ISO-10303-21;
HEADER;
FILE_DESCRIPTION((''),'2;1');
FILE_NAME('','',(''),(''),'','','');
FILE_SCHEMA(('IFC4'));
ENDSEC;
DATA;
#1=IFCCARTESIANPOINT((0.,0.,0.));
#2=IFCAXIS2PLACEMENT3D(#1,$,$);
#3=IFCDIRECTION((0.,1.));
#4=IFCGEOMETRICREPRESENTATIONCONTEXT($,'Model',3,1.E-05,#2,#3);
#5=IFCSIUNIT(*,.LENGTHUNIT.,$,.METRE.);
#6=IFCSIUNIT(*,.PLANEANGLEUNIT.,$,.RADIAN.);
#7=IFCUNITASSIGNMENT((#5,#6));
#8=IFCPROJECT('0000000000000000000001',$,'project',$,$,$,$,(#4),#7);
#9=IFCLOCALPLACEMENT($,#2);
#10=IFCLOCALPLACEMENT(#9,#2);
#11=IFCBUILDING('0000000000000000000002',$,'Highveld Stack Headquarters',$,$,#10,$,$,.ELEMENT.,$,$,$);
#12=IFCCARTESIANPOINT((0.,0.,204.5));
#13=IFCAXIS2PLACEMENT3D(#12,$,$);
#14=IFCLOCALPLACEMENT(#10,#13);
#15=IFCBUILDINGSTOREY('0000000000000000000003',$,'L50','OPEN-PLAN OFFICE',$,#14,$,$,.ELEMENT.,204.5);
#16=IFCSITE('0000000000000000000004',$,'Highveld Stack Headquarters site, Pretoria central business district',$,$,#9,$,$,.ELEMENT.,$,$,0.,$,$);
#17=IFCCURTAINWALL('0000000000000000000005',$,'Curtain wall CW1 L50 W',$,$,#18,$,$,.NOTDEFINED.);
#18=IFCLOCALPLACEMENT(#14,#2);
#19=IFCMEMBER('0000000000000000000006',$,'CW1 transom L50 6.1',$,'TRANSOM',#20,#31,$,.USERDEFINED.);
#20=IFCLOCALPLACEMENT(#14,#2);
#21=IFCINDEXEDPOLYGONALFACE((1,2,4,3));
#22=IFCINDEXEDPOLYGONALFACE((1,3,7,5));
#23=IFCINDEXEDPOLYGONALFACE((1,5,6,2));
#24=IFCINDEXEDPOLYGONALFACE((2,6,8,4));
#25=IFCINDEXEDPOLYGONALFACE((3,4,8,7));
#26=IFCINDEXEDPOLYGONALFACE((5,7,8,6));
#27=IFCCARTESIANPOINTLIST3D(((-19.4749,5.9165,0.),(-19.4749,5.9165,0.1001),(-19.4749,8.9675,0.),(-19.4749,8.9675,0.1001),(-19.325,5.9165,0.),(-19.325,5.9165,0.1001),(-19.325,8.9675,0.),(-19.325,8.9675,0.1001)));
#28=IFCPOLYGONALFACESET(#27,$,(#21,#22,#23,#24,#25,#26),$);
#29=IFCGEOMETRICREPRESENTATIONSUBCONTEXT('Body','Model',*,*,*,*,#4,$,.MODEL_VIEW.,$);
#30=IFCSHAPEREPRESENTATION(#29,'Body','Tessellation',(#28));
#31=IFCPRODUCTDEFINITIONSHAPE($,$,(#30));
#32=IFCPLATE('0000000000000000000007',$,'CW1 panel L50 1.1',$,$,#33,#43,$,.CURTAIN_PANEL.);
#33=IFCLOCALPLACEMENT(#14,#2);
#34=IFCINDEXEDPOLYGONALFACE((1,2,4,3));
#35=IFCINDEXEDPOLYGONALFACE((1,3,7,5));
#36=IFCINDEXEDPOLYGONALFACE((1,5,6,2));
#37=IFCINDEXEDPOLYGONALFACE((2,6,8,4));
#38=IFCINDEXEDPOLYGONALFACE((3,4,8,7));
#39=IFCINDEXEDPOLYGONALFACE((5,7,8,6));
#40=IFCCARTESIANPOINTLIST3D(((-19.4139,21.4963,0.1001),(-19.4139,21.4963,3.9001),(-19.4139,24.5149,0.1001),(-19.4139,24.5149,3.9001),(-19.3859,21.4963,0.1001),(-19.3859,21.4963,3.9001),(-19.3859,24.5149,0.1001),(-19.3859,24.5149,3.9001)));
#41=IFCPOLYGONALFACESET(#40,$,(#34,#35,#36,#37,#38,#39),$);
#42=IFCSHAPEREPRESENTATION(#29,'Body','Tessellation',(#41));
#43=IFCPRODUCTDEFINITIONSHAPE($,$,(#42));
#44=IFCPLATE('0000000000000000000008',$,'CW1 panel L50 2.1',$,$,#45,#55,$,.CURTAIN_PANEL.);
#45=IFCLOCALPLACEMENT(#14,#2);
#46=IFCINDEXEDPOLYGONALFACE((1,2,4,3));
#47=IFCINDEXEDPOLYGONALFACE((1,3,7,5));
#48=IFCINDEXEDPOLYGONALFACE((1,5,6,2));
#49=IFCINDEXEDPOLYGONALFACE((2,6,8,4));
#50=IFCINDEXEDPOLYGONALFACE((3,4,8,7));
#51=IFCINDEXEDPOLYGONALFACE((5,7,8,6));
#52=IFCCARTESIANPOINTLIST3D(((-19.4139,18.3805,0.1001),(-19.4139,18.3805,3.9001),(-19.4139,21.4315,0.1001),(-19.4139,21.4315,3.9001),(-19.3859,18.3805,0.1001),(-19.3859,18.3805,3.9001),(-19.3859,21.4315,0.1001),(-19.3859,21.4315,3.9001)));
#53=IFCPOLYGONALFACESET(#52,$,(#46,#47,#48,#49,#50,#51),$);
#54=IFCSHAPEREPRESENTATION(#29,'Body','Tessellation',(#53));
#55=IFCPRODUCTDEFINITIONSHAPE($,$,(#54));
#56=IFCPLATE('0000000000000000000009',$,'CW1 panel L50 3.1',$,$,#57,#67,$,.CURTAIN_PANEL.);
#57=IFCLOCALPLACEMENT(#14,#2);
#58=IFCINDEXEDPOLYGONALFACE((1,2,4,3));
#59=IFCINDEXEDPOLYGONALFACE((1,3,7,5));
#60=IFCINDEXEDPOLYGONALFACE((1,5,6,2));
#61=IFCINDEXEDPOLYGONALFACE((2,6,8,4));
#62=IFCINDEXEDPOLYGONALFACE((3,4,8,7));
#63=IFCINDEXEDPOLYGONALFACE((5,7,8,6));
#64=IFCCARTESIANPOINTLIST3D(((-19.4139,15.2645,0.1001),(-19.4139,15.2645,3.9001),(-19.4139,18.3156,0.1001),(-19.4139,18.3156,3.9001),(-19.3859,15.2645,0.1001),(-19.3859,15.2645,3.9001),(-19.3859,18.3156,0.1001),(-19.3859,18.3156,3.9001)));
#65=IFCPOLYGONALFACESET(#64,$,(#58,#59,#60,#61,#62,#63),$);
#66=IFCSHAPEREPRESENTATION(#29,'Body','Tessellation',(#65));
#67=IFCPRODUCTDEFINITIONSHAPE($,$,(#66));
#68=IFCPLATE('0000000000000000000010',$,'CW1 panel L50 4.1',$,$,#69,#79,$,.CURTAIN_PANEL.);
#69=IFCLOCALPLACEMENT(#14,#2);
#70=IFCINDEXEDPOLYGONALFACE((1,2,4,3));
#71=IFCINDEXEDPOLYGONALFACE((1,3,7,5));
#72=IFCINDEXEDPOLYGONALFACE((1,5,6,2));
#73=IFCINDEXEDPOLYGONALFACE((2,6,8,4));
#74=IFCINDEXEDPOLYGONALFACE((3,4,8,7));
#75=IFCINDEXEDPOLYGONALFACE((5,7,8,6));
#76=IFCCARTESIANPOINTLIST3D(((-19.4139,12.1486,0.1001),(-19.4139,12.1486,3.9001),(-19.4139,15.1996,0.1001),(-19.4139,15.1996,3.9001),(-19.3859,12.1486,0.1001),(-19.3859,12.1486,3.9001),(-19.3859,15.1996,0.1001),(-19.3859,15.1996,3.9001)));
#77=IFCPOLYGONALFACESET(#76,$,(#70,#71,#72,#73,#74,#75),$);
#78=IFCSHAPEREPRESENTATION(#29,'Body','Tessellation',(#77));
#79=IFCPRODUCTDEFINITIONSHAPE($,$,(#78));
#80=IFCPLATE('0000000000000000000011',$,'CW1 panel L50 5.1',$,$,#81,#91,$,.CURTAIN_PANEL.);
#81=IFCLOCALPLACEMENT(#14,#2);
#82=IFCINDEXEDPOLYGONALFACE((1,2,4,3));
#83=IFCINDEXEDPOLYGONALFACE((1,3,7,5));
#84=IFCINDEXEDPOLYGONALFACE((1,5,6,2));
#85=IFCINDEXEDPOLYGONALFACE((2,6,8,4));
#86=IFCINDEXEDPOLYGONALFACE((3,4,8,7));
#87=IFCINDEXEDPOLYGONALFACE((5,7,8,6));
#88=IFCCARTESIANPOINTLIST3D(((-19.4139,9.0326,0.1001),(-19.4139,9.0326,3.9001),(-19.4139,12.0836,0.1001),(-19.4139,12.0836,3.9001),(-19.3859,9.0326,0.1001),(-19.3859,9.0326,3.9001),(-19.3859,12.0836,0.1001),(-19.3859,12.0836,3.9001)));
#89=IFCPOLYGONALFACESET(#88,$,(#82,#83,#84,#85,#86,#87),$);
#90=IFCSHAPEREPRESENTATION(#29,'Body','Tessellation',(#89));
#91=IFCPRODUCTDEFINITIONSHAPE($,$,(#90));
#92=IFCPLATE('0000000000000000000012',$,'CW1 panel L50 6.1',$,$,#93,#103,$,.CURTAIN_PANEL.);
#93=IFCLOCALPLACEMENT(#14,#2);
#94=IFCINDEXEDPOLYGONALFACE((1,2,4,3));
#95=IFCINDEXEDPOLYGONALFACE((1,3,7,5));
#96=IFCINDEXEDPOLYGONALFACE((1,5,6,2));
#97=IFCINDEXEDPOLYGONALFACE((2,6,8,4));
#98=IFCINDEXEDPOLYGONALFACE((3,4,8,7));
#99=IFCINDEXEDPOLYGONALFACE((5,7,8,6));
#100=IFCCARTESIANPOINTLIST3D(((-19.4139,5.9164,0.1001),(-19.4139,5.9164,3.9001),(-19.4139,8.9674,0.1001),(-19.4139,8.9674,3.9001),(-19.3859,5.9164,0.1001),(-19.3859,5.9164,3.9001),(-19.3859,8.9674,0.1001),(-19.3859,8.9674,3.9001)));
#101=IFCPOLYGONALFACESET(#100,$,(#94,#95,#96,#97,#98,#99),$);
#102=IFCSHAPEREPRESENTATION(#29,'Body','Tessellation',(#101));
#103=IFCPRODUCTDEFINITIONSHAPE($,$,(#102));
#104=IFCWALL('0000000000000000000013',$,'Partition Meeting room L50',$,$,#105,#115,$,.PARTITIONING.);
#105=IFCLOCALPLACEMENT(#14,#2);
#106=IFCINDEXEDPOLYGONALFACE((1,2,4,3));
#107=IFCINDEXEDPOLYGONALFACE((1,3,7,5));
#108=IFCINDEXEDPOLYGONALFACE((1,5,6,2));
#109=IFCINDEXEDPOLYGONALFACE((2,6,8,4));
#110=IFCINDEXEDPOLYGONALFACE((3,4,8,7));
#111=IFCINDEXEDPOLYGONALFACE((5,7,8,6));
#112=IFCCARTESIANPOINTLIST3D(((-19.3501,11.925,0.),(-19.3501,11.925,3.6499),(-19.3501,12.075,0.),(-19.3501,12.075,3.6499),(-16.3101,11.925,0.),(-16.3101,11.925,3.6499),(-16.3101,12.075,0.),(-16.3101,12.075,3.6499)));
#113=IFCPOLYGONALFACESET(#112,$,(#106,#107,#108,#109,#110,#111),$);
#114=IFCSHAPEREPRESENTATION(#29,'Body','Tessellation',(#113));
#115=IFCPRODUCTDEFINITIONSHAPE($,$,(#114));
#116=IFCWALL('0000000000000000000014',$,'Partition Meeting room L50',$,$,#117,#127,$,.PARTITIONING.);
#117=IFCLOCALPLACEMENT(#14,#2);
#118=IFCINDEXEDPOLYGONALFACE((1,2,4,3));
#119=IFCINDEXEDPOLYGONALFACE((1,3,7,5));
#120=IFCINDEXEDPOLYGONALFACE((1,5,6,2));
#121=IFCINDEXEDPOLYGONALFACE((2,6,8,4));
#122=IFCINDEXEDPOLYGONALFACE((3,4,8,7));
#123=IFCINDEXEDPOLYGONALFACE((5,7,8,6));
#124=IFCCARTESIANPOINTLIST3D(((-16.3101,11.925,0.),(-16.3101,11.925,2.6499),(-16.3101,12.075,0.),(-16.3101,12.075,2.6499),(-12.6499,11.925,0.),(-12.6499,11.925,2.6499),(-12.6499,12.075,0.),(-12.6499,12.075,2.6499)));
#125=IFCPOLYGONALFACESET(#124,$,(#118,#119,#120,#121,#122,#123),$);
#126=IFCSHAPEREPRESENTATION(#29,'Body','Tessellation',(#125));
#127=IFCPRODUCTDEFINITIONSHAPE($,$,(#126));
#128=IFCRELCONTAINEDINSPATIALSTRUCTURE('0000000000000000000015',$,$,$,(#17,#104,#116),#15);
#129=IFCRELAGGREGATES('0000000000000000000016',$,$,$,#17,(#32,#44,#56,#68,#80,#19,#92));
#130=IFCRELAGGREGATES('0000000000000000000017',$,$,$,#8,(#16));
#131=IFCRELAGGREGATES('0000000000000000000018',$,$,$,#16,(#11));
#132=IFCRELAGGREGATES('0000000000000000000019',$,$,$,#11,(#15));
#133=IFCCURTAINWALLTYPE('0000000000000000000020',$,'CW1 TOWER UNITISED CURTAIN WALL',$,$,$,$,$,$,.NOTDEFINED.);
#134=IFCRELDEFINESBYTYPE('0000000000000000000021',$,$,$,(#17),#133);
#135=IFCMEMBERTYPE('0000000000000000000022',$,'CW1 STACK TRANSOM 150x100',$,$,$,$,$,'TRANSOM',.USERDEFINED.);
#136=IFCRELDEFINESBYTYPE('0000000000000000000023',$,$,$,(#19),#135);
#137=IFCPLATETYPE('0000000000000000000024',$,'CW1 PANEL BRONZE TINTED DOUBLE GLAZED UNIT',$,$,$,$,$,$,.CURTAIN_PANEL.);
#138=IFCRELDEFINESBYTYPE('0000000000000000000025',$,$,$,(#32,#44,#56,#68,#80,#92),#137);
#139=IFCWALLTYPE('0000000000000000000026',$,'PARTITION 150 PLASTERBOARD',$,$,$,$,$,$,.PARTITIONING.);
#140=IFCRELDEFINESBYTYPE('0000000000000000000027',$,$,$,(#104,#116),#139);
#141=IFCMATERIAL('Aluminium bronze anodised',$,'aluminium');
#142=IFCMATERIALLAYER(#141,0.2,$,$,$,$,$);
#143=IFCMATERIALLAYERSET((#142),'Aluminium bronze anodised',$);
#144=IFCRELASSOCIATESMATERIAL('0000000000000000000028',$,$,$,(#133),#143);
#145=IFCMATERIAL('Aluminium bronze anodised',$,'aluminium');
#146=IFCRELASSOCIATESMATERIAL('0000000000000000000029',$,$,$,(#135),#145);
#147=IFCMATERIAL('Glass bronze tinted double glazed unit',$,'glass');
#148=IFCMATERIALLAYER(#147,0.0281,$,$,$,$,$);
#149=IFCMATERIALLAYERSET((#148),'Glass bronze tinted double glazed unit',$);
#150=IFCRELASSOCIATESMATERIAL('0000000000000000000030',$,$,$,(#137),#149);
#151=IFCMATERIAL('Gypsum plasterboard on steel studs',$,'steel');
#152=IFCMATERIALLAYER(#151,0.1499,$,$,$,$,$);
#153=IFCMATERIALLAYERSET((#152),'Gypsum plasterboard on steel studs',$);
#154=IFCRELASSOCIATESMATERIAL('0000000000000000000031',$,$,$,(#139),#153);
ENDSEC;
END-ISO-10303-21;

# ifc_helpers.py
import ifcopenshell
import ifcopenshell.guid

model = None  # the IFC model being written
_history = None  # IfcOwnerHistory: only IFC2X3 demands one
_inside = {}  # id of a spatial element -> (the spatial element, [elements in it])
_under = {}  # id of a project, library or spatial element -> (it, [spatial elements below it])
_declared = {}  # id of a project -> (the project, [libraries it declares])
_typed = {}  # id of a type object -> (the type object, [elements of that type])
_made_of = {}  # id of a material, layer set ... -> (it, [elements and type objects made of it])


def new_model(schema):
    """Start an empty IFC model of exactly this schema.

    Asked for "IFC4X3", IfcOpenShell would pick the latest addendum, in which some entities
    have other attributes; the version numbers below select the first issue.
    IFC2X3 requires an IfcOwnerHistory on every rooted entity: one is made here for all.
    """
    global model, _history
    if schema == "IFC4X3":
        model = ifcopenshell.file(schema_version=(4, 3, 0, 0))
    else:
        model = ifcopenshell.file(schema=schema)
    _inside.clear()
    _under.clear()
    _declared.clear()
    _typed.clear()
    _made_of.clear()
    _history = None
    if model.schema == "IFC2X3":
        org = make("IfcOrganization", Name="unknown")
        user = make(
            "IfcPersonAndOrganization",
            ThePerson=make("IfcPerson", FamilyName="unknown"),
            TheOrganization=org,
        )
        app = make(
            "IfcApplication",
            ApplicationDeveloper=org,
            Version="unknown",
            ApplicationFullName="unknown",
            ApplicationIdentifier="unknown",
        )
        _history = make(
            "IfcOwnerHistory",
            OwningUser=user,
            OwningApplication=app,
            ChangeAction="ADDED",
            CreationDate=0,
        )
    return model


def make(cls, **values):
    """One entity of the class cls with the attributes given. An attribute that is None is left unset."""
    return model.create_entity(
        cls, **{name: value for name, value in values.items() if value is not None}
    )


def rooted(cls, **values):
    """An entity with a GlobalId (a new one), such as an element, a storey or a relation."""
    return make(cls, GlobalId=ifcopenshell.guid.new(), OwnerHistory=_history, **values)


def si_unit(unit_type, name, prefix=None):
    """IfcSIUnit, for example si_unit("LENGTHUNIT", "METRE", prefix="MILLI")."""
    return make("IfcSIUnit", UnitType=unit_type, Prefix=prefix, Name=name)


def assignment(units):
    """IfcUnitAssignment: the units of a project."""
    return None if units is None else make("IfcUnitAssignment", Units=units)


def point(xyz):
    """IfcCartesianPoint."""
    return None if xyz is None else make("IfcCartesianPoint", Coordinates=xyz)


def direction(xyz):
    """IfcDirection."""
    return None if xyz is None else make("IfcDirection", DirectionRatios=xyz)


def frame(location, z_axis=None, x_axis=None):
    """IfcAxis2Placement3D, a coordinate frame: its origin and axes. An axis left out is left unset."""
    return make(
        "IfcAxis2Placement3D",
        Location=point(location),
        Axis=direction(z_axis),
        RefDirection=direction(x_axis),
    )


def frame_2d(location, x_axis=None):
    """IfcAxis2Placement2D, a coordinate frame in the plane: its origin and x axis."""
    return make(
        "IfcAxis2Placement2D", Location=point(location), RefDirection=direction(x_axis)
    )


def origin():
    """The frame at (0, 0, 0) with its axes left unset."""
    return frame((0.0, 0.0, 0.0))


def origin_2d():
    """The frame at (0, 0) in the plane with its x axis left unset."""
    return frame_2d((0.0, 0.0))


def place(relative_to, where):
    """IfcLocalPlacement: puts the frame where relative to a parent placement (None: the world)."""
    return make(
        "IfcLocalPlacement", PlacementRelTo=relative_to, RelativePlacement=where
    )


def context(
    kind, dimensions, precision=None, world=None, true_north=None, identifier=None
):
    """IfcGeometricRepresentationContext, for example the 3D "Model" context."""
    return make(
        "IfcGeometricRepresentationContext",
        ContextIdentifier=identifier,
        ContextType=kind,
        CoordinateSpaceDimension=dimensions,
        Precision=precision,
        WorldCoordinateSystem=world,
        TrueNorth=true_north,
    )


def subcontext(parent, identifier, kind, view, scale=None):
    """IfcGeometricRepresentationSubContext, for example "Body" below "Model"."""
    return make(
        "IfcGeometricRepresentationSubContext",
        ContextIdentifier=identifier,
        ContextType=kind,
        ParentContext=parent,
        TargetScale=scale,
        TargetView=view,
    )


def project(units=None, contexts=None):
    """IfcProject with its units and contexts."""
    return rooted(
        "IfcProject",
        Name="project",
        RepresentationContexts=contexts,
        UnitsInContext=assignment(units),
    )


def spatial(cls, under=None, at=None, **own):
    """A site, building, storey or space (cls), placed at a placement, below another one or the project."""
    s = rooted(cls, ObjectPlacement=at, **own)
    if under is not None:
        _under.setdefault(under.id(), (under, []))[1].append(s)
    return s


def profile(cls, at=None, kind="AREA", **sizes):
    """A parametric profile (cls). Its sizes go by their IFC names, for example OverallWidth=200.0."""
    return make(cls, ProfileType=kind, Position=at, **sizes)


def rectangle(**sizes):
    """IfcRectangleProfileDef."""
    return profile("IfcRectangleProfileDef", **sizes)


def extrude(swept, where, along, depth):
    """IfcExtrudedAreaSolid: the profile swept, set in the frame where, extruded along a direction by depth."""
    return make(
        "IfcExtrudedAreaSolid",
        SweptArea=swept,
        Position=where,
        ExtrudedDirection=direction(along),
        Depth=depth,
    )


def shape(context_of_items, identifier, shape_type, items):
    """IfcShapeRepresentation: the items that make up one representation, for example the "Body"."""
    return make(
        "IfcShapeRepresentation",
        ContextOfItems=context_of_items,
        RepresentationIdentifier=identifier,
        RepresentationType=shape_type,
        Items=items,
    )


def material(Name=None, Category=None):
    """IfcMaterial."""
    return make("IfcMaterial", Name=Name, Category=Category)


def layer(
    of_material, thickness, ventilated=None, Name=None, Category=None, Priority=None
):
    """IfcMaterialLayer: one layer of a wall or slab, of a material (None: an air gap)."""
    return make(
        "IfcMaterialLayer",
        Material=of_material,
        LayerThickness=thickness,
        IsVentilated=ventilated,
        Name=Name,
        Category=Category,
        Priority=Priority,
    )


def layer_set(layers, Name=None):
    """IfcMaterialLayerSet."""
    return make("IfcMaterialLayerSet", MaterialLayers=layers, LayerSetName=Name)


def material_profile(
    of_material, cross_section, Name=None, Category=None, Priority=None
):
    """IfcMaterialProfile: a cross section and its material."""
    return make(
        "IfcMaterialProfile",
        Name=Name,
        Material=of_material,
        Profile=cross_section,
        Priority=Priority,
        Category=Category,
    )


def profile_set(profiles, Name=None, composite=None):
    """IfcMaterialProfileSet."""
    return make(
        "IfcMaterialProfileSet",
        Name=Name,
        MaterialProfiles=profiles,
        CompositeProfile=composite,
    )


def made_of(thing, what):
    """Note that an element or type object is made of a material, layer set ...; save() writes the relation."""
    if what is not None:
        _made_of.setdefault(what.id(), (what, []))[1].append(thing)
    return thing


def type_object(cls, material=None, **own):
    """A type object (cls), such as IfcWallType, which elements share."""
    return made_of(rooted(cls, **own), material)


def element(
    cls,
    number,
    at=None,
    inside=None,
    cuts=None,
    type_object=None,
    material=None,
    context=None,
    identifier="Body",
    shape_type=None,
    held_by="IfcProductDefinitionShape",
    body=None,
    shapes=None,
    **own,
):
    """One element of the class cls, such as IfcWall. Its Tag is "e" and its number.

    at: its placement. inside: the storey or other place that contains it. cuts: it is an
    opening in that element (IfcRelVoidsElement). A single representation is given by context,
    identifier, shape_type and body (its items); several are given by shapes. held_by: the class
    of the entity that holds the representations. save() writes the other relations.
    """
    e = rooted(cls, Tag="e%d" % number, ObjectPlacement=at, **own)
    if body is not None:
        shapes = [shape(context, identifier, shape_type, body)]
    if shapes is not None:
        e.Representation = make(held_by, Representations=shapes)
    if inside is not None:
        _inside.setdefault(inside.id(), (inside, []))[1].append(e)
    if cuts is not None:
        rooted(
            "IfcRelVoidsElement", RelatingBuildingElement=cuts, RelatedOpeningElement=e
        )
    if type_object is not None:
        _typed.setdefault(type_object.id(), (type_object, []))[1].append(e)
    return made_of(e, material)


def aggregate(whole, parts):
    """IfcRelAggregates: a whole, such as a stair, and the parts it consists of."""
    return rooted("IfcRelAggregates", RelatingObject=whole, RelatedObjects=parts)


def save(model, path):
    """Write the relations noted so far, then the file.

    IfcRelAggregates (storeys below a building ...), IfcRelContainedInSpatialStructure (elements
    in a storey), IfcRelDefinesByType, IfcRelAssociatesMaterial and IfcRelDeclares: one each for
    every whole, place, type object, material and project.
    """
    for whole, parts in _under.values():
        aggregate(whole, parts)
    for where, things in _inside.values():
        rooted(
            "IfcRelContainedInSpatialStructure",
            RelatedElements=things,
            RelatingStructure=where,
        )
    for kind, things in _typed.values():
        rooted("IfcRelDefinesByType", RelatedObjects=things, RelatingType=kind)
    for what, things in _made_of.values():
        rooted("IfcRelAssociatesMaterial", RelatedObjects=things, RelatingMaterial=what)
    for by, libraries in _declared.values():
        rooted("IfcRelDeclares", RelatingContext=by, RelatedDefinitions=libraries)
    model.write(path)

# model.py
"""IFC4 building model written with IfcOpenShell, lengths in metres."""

from ifc_helpers import new_model, si_unit, direction, frame, frame_2d, origin, origin_2d, place, context, subcontext, project, spatial, rectangle, extrude, material, layer, layer_set, material_profile, profile_set, type_object, element, aggregate, save


model = new_model("IFC4")

# Units and contexts
model_context = context("Model", 3, precision=1e-05, world=origin(), true_north=direction((0.0, 1.0)))
body_context = subcontext(model_context, "Body", "Model", "MODEL_VIEW")
ifc_project = project(units=[si_unit("LENGTHUNIT", "METRE"), si_unit("PLANEANGLEUNIT", "RADIAN")], contexts=[model_context])

# Site, building, storey
site_placement = place(None, origin())
site = spatial("IfcSite", under=ifc_project, at=site_placement, Name="Highveld Stack Headquarters site, Pretoria central business district", CompositionType="ELEMENT", RefElevation=0.0)
building_placement = place(site_placement, origin())
building = spatial("IfcBuilding", under=site, at=building_placement, Name="Highveld Stack Headquarters", CompositionType="ELEMENT")
storey_placement = place(building_placement, frame((0.0, 0.0, 204.5)))
storey = spatial("IfcBuildingStorey", under=building, at=storey_placement, Name="L50", Description="OPEN-PLAN OFFICE", CompositionType="ELEMENT", Elevation=204.5)

# Curtain wall, member, plates
ifc_material_1 = material(Name="Aluminium bronze anodised", Category="aluminium")
ifc_layer_1 = layer(ifc_material_1, 0.2)
ifc_layer_set_1 = layer_set([ifc_layer_1], Name="Aluminium bronze anodised")
curtain_wall_type = type_object("IfcCurtainWallType", Name="CW1 TOWER UNITISED CURTAIN WALL", PredefinedType="NOTDEFINED", material=ifc_layer_set_1)
curtain_wall_placement = place(storey_placement, origin())
curtain_wall = element("IfcCurtainWall", 1, at=curtain_wall_placement, inside=storey, type_object=curtain_wall_type, Name="Curtain wall CW1 L50 W", PredefinedType="NOTDEFINED")
ifc_material_2 = material(Name="Aluminium bronze anodised", Category="aluminium")
ifc_material_profile_1 = material_profile(ifc_material_2, rectangle(XDim=0.1499, YDim=0.1001, at=origin_2d()), Name="CW1 TRANSOM 150x100")
ifc_profile_set_1 = profile_set([ifc_material_profile_1], Name="Aluminium bronze anodised")
member_type_1 = type_object("IfcMemberType", Name="CW1 STACK TRANSOM 150x100", ElementType="TRANSOM", PredefinedType="USERDEFINED", material=ifc_profile_set_1)
member_1_placement = place(storey_placement, frame((-19.3999, 8.9675, 0.05), z_axis=(0.0, -1.0, 0.0), x_axis=(1.0, 0.0, 0.0)))
member_1 = element("IfcMember", 2, at=member_1_placement, type_object=member_type_1, Name="CW1 transom L50 6.1", ObjectType="TRANSOM", PredefinedType="USERDEFINED", context=body_context, shape_type="SweptSolid", body=[
    extrude(rectangle(XDim=0.1499, YDim=0.1001, at=origin_2d()), origin(), (0.0, 0.0, 1.0), 3.051),
])
ifc_material_3 = material(Name="Glass bronze tinted double glazed unit", Category="glass")
ifc_layer_2 = layer(ifc_material_3, 0.0281)
ifc_layer_set_2 = layer_set([ifc_layer_2], Name="Glass bronze tinted double glazed unit")
plate_type = type_object("IfcPlateType", Name="CW1 PANEL BRONZE TINTED DOUBLE GLAZED UNIT", PredefinedType="CURTAIN_PANEL", material=ifc_layer_set_2)
plate_1_placement = place(storey_placement, frame((-19.3999, 23.0056, 0.1001), z_axis=(0.0, 0.0, 1.0), x_axis=(0.0, -1.0, 0.0)))
plate_1 = element("IfcPlate", 3, at=plate_1_placement, type_object=plate_type, Name="CW1 panel L50 1.1", PredefinedType="CURTAIN_PANEL", context=body_context, shape_type="SweptSolid", body=[
    extrude(rectangle(XDim=3.0186, YDim=0.0281, at=origin_2d()), origin(), (0.0, 0.0, 1.0), 3.8),
])
plate_2_placement = place(storey_placement, frame((-19.3999, 19.906, 0.1001), z_axis=(0.0, 0.0, 1.0), x_axis=(0.0, -1.0, 0.0)))
plate_2 = element("IfcPlate", 4, at=plate_2_placement, type_object=plate_type, Name="CW1 panel L50 2.1", PredefinedType="CURTAIN_PANEL", context=body_context, shape_type="SweptSolid", body=[
    extrude(rectangle(XDim=3.051, YDim=0.0281, at=origin_2d()), origin(), (0.0, 0.0, 1.0), 3.8),
])
plate_3_placement = place(storey_placement, frame((-19.3999, 16.79, 0.1001), z_axis=(0.0, 0.0, 1.0), x_axis=(0.0, -1.0, 0.0)))
plate_3 = element("IfcPlate", 5, at=plate_3_placement, type_object=plate_type, Name="CW1 panel L50 3.1", PredefinedType="CURTAIN_PANEL", context=body_context, shape_type="SweptSolid", body=[
    extrude(rectangle(XDim=3.051, YDim=0.0281, at=origin_2d()), origin(), (0.0, 0.0, 1.0), 3.8),
])
plate_4_placement = place(storey_placement, frame((-19.3999, 13.6741, 0.1001), z_axis=(0.0, 0.0, 1.0), x_axis=(0.0, -1.0, 0.0)))
plate_4 = element("IfcPlate", 6, at=plate_4_placement, type_object=plate_type, Name="CW1 panel L50 4.1", PredefinedType="CURTAIN_PANEL", context=body_context, shape_type="SweptSolid", body=[
    extrude(rectangle(XDim=3.051, YDim=0.0281, at=origin_2d()), origin(), (0.0, 0.0, 1.0), 3.8),
])
plate_5_placement = place(storey_placement, frame((-19.3999, 10.5581, 0.1001), z_axis=(0.0, 0.0, 1.0), x_axis=(0.0, -1.0, 0.0)))
plate_5 = element("IfcPlate", 7, at=plate_5_placement, type_object=plate_type, Name="CW1 panel L50 5.1", PredefinedType="CURTAIN_PANEL", context=body_context, shape_type="SweptSolid", body=[
    extrude(rectangle(XDim=3.051, YDim=0.0281, at=origin_2d()), origin(), (0.0, 0.0, 1.0), 3.8),
])
plate_6_placement = place(storey_placement, frame((-19.3999, 7.4419, 0.1001), z_axis=(0.0, 0.0, 1.0), x_axis=(0.0, -1.0, 0.0)))
plate_6 = element("IfcPlate", 8, at=plate_6_placement, type_object=plate_type, Name="CW1 panel L50 6.1", PredefinedType="CURTAIN_PANEL", context=body_context, shape_type="SweptSolid", body=[
    extrude(rectangle(XDim=3.051, YDim=0.0281, at=origin_2d()), origin(), (0.0, 0.0, 1.0), 3.8),
])
aggregate(curtain_wall, [plate_1, plate_2, plate_3, plate_4, plate_5, member_1, plate_6])

# Walls
ifc_material_4 = material(Name="Gypsum plasterboard on steel studs", Category="steel")
ifc_layer_3 = layer(ifc_material_4, 0.1499)
ifc_layer_set_3 = layer_set([ifc_layer_3], Name="Gypsum plasterboard on steel studs")
wall_type = type_object("IfcWallType", Name="PARTITION 150 PLASTERBOARD", PredefinedType="PARTITIONING", material=ifc_layer_set_3)
wall_1_placement = place(storey_placement, frame((-19.3501, 12.0, 0.0), z_axis=(0.0, 0.0, 1.0), x_axis=(1.0, 0.0, 0.0)))
element("IfcWall", 9, at=wall_1_placement, inside=storey, type_object=wall_type, Name="Partition Meeting room L50", PredefinedType="PARTITIONING", context=body_context, shape_type="SweptSolid", body=[
    extrude(rectangle(XDim=3.04, YDim=0.1499, at=frame_2d((1.52, 0.0))), origin(), (0.0, 0.0, 1.0), 3.6499),
])
wall_2_placement = place(storey_placement, frame((-16.3101, 12.0, 0.0), z_axis=(0.0, 0.0, 1.0), x_axis=(1.0, 0.0, 0.0)))
element("IfcWall", 10, at=wall_2_placement, inside=storey, type_object=wall_type, Name="Partition Meeting room L50", PredefinedType="PARTITIONING", context=body_context, shape_type="SweptSolid", body=[
    extrude(rectangle(XDim=3.6602, YDim=0.1499, at=frame_2d((1.8301, 0.0))), origin(), (0.0, 0.0, 1.0), 2.6499),
])

save(model, "model.ifc")
